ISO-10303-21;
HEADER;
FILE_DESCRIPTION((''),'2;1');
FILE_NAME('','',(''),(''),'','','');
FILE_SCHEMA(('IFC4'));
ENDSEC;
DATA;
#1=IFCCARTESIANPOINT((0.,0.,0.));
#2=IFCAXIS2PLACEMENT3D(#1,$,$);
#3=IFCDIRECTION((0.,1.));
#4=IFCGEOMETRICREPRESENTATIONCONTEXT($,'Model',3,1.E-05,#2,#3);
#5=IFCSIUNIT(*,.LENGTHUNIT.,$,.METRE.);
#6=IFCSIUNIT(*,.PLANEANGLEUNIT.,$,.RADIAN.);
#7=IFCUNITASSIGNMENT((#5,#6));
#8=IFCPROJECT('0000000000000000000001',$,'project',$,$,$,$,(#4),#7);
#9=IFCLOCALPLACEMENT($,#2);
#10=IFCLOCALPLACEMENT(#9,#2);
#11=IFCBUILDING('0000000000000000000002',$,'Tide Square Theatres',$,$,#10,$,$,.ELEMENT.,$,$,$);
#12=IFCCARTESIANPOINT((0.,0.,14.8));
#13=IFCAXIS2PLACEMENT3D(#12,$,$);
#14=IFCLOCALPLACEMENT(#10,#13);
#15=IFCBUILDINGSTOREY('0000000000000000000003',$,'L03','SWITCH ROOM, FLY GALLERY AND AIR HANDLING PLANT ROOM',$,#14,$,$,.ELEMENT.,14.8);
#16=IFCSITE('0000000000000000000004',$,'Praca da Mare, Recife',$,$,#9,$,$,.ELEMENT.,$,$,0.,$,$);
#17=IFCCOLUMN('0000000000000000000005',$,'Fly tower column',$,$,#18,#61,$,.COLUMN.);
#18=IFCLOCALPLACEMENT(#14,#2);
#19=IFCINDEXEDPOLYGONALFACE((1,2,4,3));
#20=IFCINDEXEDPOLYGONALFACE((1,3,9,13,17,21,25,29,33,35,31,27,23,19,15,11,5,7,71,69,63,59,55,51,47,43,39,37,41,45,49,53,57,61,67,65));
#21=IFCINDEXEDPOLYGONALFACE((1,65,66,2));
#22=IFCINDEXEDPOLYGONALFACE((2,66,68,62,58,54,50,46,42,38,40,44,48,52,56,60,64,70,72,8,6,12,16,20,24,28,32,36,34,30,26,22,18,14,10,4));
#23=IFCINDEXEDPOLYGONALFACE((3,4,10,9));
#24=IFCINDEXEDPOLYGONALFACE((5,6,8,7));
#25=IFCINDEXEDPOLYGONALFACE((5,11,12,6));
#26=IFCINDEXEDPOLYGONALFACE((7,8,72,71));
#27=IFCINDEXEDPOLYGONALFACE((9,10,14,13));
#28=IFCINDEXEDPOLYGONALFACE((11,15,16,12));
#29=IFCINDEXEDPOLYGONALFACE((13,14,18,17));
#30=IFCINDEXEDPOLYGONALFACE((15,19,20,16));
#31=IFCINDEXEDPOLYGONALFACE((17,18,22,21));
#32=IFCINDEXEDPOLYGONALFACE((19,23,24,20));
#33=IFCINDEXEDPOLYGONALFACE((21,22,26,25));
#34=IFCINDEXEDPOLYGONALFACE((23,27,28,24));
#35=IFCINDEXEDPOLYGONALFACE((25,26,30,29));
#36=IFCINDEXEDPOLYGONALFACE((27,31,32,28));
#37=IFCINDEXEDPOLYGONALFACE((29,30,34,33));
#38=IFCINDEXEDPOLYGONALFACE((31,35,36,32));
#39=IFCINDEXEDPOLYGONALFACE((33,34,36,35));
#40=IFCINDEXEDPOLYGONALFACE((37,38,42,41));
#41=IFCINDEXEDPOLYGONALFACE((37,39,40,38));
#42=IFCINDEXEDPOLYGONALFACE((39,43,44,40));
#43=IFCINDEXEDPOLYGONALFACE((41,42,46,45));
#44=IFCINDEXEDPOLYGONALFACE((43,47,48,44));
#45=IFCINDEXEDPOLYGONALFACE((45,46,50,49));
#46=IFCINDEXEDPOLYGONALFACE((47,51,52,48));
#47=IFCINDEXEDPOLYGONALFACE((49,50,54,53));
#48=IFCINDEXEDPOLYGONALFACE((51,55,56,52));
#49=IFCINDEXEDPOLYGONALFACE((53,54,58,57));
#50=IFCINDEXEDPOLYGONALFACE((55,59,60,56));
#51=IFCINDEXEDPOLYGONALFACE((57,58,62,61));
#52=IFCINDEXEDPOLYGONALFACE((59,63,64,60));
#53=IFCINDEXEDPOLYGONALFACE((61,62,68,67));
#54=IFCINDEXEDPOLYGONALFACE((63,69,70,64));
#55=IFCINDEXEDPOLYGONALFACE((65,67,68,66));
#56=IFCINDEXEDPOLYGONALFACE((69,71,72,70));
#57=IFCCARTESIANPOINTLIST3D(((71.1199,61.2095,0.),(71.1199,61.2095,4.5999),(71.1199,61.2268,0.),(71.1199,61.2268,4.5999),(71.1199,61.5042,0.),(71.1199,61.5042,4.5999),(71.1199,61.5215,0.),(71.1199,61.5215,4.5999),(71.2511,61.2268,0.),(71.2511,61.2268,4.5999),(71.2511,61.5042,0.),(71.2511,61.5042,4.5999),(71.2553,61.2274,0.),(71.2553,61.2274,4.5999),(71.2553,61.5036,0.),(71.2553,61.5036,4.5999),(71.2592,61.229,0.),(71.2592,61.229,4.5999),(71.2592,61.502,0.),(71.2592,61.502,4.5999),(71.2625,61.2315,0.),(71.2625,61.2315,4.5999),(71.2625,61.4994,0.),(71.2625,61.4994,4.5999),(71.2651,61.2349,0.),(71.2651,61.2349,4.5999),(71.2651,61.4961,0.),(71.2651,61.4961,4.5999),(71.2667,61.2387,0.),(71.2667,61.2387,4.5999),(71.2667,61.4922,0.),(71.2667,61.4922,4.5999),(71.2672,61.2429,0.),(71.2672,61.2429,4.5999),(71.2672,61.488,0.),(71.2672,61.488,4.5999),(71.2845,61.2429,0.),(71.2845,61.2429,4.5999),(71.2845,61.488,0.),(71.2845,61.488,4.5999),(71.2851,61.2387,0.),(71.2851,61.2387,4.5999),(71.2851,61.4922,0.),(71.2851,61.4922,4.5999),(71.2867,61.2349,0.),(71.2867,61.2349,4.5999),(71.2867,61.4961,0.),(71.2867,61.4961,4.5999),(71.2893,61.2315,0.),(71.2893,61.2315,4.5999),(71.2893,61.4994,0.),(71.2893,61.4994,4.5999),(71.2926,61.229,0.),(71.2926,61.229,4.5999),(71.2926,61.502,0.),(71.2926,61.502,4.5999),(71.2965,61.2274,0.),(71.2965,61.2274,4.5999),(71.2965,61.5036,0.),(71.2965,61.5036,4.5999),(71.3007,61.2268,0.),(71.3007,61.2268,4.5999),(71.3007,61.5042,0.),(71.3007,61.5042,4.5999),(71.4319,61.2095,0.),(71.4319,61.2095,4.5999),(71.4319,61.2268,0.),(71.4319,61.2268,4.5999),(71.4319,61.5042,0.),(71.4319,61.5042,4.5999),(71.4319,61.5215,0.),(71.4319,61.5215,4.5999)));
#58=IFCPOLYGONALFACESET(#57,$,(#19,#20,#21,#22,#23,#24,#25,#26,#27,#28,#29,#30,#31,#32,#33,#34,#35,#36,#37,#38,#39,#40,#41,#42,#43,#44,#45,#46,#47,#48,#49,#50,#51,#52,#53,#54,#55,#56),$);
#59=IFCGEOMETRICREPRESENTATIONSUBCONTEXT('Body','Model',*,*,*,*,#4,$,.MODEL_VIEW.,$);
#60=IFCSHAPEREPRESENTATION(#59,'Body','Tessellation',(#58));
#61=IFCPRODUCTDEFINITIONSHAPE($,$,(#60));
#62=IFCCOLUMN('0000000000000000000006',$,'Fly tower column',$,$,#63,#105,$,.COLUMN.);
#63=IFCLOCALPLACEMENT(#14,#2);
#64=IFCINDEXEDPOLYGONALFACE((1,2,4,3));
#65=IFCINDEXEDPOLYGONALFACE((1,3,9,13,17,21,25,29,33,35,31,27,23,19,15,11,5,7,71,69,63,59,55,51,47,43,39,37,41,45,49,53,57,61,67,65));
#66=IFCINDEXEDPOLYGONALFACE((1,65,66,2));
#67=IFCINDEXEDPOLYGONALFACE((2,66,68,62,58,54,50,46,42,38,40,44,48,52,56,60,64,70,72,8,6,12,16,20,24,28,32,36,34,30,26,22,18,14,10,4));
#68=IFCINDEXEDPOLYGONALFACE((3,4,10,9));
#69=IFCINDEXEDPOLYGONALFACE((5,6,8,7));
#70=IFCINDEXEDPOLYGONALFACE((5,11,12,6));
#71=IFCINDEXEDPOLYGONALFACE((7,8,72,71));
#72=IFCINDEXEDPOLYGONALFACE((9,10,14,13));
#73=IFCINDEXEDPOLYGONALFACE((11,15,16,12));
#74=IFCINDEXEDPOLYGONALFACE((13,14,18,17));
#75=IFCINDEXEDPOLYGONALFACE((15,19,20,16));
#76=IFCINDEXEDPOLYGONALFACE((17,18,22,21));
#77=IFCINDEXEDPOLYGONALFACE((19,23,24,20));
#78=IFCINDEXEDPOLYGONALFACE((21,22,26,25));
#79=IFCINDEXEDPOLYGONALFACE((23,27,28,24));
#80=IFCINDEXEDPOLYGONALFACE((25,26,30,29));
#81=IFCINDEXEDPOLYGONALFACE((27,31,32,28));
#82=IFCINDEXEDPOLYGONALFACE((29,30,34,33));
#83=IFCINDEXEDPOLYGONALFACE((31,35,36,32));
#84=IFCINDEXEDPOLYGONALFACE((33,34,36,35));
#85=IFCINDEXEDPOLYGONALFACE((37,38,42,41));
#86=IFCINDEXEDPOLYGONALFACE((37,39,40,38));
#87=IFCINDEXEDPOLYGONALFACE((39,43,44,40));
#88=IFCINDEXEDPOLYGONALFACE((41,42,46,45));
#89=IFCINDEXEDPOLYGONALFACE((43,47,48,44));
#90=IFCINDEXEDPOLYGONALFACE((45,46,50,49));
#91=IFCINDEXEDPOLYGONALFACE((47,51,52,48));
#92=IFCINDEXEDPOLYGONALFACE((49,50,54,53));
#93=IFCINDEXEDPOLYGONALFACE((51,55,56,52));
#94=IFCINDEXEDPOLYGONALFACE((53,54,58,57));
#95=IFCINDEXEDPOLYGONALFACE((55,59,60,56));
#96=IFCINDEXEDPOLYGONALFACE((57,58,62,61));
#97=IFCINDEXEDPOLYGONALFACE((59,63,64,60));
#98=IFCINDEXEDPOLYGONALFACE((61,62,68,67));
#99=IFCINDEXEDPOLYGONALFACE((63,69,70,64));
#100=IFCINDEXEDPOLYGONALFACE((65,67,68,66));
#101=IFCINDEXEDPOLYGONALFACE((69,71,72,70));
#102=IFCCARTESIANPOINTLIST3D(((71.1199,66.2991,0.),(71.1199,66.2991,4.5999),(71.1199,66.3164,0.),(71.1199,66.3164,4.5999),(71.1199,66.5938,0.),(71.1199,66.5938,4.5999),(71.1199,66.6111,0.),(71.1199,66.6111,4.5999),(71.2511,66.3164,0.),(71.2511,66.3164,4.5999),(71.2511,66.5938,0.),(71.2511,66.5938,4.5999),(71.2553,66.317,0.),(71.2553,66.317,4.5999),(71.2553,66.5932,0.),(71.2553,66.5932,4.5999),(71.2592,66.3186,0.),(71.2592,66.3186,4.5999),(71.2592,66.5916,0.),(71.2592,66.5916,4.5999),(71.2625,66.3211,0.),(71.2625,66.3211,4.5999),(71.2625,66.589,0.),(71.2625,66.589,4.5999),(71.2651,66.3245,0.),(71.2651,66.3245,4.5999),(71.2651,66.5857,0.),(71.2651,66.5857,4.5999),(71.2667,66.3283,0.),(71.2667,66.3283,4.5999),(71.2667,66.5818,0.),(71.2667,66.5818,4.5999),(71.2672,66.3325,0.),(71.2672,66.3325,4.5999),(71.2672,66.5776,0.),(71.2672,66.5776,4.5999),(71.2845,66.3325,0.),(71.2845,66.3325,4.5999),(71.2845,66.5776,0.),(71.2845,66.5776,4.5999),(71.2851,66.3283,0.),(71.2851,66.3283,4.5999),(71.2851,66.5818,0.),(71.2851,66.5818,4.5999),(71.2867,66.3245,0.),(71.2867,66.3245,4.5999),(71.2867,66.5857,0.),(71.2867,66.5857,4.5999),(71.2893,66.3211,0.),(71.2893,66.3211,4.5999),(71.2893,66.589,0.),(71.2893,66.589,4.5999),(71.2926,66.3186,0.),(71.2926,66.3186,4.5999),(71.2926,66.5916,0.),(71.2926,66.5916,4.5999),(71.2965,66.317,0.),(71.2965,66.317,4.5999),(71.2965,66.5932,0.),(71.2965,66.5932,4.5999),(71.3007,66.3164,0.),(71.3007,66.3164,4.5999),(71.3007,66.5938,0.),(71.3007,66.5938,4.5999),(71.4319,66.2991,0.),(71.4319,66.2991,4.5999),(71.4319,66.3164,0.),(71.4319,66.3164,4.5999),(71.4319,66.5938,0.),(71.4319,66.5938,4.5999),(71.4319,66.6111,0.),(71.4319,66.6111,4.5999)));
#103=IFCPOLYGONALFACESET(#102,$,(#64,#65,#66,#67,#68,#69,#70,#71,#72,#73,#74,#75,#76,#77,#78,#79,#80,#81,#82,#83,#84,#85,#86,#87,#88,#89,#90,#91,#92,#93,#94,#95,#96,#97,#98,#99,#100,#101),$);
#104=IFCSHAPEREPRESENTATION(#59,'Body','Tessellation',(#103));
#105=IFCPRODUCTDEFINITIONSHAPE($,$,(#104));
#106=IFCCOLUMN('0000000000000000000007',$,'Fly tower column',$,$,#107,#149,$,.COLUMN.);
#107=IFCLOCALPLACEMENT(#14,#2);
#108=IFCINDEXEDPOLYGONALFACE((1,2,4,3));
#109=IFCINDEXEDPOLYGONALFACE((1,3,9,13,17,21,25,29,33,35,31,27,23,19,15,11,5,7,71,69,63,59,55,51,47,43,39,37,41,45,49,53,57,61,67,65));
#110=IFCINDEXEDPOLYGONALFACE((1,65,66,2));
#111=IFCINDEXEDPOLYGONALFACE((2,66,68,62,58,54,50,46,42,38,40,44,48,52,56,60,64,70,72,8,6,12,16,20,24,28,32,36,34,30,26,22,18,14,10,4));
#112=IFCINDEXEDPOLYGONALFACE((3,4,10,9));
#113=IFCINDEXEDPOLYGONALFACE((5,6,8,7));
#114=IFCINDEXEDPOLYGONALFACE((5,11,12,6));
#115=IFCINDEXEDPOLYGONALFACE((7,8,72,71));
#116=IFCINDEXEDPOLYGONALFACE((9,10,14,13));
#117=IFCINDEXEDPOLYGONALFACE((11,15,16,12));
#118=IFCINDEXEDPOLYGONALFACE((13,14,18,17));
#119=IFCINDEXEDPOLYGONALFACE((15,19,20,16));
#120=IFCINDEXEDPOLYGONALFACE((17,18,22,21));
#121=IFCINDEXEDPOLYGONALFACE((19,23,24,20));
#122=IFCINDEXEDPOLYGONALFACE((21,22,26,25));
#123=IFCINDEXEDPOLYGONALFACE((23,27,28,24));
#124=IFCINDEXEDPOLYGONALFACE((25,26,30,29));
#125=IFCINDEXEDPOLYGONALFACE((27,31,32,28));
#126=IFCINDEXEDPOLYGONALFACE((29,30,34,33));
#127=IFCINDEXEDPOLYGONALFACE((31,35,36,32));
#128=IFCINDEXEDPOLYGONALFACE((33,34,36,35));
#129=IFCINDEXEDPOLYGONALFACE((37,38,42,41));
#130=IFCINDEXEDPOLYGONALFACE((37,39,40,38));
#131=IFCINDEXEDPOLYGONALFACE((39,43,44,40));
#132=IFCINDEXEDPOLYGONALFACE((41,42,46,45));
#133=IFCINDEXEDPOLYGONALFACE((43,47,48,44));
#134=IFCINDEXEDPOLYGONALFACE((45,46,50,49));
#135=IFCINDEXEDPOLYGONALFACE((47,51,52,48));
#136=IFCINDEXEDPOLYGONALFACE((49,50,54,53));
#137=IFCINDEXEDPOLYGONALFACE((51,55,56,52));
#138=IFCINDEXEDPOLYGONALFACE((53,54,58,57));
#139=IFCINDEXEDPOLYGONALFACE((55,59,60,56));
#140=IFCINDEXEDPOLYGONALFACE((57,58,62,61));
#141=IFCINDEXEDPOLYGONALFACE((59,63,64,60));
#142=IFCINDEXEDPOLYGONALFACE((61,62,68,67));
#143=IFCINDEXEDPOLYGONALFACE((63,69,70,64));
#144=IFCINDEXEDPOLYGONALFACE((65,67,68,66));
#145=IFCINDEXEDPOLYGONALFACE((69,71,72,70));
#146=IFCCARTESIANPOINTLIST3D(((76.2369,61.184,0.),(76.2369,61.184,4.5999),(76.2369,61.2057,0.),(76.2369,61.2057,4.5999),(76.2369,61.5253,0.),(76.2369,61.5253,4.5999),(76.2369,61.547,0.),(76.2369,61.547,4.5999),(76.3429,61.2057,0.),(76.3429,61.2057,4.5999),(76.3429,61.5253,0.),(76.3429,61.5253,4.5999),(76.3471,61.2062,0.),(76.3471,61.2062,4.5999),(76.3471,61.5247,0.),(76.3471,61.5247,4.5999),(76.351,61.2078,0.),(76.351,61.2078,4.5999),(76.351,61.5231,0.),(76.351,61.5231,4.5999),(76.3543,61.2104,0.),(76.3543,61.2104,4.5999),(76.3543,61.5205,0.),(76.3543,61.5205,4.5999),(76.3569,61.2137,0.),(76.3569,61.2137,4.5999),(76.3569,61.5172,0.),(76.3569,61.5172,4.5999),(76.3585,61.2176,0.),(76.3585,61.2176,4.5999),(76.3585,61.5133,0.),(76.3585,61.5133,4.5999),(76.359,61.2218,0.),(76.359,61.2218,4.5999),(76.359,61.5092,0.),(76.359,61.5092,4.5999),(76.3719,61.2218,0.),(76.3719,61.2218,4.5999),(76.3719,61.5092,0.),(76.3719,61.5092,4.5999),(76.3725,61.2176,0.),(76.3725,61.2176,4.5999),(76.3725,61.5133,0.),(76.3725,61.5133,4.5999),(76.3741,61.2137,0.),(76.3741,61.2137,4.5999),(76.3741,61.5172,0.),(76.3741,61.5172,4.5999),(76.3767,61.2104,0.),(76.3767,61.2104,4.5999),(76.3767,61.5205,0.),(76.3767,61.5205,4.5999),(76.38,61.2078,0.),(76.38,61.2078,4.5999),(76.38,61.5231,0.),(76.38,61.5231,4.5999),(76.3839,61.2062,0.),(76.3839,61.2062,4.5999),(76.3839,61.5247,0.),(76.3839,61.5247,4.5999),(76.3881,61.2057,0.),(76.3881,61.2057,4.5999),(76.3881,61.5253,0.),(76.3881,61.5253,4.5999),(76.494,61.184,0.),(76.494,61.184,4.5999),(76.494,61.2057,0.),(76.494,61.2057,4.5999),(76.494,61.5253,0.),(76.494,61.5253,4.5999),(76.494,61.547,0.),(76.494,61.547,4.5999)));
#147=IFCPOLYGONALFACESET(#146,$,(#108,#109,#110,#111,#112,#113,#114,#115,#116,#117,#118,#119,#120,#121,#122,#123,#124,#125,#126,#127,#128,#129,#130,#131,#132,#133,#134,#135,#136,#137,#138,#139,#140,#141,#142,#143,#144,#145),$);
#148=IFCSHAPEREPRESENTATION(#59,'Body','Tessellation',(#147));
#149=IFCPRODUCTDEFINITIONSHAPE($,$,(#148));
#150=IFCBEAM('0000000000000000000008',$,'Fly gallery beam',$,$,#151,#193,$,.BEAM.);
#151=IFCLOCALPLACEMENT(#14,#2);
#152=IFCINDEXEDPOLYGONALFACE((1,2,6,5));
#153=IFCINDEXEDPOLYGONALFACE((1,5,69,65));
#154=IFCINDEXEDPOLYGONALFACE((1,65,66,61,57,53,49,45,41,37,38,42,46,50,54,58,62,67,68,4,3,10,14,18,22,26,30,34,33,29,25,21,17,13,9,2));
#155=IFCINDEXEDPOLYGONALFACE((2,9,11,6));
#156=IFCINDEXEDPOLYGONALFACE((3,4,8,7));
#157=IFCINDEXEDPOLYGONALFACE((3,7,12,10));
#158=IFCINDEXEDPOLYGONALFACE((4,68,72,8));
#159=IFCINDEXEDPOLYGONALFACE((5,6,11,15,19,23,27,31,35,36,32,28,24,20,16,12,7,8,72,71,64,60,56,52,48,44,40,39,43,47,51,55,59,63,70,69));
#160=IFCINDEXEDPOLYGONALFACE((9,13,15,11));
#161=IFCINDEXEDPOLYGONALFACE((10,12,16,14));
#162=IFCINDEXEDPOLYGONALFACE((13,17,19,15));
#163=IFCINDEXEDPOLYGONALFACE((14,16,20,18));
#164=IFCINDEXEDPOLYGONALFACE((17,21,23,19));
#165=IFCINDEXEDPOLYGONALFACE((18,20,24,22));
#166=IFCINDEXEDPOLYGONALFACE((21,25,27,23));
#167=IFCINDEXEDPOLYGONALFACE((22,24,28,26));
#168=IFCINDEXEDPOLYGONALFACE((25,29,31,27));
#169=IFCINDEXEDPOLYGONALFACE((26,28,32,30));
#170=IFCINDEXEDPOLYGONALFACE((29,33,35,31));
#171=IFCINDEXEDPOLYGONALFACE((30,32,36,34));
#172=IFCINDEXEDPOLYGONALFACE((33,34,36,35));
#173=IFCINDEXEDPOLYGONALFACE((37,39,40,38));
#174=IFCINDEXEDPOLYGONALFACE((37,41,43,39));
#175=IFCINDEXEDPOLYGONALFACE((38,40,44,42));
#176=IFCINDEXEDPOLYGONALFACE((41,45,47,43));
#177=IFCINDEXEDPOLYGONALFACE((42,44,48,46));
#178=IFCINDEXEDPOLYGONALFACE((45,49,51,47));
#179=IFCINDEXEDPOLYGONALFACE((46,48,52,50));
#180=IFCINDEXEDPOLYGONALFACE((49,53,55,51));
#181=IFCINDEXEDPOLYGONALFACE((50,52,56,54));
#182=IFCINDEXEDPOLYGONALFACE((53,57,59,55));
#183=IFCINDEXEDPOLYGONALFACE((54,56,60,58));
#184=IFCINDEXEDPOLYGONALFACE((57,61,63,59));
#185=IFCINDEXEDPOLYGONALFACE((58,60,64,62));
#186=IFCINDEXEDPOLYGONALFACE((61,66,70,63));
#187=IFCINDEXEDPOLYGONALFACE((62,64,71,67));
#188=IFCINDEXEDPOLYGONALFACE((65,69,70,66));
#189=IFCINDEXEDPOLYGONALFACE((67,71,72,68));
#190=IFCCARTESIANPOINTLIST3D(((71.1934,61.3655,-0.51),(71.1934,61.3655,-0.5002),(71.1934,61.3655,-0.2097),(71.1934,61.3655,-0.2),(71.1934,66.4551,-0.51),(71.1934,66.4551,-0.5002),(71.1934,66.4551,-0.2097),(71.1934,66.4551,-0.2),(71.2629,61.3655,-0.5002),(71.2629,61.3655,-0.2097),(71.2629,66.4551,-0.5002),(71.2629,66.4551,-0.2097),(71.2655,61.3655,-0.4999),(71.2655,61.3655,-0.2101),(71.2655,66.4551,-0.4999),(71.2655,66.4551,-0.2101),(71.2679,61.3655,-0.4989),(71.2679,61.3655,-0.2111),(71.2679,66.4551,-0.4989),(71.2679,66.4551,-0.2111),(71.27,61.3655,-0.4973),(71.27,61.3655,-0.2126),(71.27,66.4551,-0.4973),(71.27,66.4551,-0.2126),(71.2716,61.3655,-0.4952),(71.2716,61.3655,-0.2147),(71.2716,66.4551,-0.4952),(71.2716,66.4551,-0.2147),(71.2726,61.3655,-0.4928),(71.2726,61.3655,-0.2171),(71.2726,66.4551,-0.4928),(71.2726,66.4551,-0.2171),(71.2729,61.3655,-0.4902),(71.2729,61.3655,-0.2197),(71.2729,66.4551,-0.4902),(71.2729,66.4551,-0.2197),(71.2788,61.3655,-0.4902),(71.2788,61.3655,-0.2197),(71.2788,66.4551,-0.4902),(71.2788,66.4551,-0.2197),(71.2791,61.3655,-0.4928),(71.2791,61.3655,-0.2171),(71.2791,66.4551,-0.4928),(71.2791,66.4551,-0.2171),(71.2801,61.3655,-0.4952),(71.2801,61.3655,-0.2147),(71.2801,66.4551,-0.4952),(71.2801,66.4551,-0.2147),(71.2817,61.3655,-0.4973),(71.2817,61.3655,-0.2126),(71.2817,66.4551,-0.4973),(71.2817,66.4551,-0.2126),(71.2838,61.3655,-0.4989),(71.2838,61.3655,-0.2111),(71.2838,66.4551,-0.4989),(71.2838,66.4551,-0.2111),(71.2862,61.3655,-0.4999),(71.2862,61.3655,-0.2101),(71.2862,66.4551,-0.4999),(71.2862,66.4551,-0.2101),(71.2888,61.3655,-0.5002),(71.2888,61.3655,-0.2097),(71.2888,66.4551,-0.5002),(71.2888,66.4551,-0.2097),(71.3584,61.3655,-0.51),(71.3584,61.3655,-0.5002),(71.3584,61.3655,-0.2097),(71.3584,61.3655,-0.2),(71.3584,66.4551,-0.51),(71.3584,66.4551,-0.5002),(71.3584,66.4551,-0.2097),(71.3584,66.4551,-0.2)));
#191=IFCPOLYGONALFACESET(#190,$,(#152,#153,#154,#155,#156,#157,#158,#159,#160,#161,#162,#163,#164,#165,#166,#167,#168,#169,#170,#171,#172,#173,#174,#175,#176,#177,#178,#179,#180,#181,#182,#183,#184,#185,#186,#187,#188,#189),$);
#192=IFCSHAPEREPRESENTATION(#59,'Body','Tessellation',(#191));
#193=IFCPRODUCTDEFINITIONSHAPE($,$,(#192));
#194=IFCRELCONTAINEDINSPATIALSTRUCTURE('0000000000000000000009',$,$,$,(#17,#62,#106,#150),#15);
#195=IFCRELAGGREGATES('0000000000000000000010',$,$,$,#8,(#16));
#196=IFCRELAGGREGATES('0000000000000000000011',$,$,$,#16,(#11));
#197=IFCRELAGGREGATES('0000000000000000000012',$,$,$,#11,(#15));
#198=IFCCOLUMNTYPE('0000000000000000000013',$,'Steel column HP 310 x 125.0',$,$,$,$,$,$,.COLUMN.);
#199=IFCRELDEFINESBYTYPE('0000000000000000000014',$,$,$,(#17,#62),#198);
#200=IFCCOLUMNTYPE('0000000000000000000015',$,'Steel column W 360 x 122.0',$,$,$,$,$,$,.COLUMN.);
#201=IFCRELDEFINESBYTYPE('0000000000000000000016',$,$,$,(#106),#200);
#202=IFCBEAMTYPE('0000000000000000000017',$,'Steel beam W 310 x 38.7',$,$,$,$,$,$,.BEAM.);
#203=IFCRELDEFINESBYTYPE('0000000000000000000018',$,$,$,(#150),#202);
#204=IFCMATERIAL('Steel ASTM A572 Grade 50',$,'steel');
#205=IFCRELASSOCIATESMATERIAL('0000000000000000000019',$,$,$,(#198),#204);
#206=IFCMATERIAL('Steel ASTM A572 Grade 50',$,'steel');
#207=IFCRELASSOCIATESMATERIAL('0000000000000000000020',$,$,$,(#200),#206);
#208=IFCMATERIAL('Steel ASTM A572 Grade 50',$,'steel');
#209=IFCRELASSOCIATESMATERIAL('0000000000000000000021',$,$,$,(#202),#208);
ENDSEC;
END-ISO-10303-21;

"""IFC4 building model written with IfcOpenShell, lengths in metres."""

from ifc_helpers import new_model, si_unit, direction, frame, origin, origin_2d, place, context, subcontext, project, spatial, i_section, extrude, material, material_profile, profile_set, type_object, element, save


model = new_model("IFC4")

# Units and contexts
model_context = context("Model", 3, precision=1e-05, world=origin(), true_north=direction((0.0, 1.0)))
body_context = subcontext(model_context, "Body", "Model", "MODEL_VIEW")
ifc_project = project(units=[si_unit("LENGTHUNIT", "METRE"), si_unit("PLANEANGLEUNIT", "RADIAN")], contexts=[model_context])

# Site, building, storey
site_placement = place(None, origin())
site = spatial("IfcSite", under=ifc_project, at=site_placement, Name="Praca da Mare, Recife", CompositionType="ELEMENT", RefElevation=0.0)
building_placement = place(site_placement, origin())
building = spatial("IfcBuilding", under=site, at=building_placement, Name="Tide Square Theatres", CompositionType="ELEMENT")
storey_placement = place(building_placement, frame((0.0, 0.0, 14.8)))
storey = spatial("IfcBuildingStorey", under=building, at=storey_placement, Name="L03", Description="SWITCH ROOM, FLY GALLERY AND AIR HANDLING PLANT ROOM", CompositionType="ELEMENT", Elevation=14.8)

# Columns
ifc_material_1 = material(Name="Steel ASTM A572 Grade 50", Category="steel")
ifc_material_profile_1 = material_profile(ifc_material_1, i_section(OverallWidth=0.312, OverallDepth=0.312, WebThickness=0.0173, FlangeThickness=0.0173, FilletRadius=0.0161, at=origin_2d()))
ifc_profile_set_1 = profile_set([ifc_material_profile_1], Name="Steel ASTM A572 Grade 50")
column_type_1 = type_object("IfcColumnType", Name="Steel column HP 310 x 125.0", PredefinedType="COLUMN", material=ifc_profile_set_1)
for number, where, z_axis, x_axis, name in (
    (1, (71.2759, 61.3655, 0.0), (0.0, 0.0, 1.0), (1.0, 0.0, 0.0), "Fly tower column"),
    (2, (71.2759, 66.4551, 0.0), (0.0, 0.0, 1.0), (1.0, 0.0, 0.0), "Fly tower column"),
):
    element("IfcColumn", number, at=place(storey_placement, frame(where, z_axis=z_axis, x_axis=x_axis)), inside=storey, type_object=column_type_1, Name=name, PredefinedType="COLUMN", context=body_context, shape_type="SweptSolid", body=[
        extrude(i_section(OverallWidth=0.312, OverallDepth=0.312, WebThickness=0.0173, FlangeThickness=0.0173, FilletRadius=0.0161, at=origin_2d()), origin(), (0.0, 0.0, 1.0), 4.5999),
    ])
ifc_material_2 = material(Name="Steel ASTM A572 Grade 50", Category="steel")
ifc_material_profile_2 = material_profile(ifc_material_2, i_section(OverallWidth=0.2571, OverallDepth=0.363, WebThickness=0.0129, FlangeThickness=0.0217, FilletRadius=0.0161, at=origin_2d()))
ifc_profile_set_2 = profile_set([ifc_material_profile_2], Name="Steel ASTM A572 Grade 50")
column_type_2 = type_object("IfcColumnType", Name="Steel column W 360 x 122.0", PredefinedType="COLUMN", material=ifc_profile_set_2)
column_placement = place(storey_placement, frame((76.3655, 61.3655, 0.0), z_axis=(0.0, 0.0, 1.0), x_axis=(1.0, 0.0, 0.0)))
element("IfcColumn", 3, at=column_placement, inside=storey, type_object=column_type_2, Name="Fly tower column", PredefinedType="COLUMN", context=body_context, shape_type="SweptSolid", body=[
    extrude(i_section(OverallWidth=0.2571, OverallDepth=0.363, WebThickness=0.0129, FlangeThickness=0.0217, FilletRadius=0.0161, at=origin_2d()), origin(), (0.0, 0.0, 1.0), 4.5999),
])

# Beam
ifc_material_3 = material(Name="Steel ASTM A572 Grade 50", Category="steel")
ifc_material_profile_3 = material_profile(ifc_material_3, i_section(OverallWidth=0.165, OverallDepth=0.3101, WebThickness=0.0059, FlangeThickness=0.0098, FilletRadius=0.01, at=origin_2d()))
ifc_profile_set_3 = profile_set([ifc_material_profile_3], Name="Steel ASTM A572 Grade 50")
beam_type = type_object("IfcBeamType", Name="Steel beam W 310 x 38.7", PredefinedType="BEAM", material=ifc_profile_set_3)
beam_1_placement = place(storey_placement, frame((71.2759, 61.3655, -0.355), z_axis=(0.0, 1.0, 0.0), x_axis=(-1.0, 0.0, 0.0)))
element("IfcBeam", 4, at=beam_1_placement, inside=storey, type_object=beam_type, Name="Fly gallery beam", PredefinedType="BEAM", context=body_context, shape_type="SweptSolid", body=[
    extrude(i_section(OverallWidth=0.165, OverallDepth=0.3101, WebThickness=0.0059, FlangeThickness=0.0098, FilletRadius=0.01, at=origin_2d()), origin(), (0.0, 0.0, 1.0), 5.0896),
])

save(model, "model.ifc")
